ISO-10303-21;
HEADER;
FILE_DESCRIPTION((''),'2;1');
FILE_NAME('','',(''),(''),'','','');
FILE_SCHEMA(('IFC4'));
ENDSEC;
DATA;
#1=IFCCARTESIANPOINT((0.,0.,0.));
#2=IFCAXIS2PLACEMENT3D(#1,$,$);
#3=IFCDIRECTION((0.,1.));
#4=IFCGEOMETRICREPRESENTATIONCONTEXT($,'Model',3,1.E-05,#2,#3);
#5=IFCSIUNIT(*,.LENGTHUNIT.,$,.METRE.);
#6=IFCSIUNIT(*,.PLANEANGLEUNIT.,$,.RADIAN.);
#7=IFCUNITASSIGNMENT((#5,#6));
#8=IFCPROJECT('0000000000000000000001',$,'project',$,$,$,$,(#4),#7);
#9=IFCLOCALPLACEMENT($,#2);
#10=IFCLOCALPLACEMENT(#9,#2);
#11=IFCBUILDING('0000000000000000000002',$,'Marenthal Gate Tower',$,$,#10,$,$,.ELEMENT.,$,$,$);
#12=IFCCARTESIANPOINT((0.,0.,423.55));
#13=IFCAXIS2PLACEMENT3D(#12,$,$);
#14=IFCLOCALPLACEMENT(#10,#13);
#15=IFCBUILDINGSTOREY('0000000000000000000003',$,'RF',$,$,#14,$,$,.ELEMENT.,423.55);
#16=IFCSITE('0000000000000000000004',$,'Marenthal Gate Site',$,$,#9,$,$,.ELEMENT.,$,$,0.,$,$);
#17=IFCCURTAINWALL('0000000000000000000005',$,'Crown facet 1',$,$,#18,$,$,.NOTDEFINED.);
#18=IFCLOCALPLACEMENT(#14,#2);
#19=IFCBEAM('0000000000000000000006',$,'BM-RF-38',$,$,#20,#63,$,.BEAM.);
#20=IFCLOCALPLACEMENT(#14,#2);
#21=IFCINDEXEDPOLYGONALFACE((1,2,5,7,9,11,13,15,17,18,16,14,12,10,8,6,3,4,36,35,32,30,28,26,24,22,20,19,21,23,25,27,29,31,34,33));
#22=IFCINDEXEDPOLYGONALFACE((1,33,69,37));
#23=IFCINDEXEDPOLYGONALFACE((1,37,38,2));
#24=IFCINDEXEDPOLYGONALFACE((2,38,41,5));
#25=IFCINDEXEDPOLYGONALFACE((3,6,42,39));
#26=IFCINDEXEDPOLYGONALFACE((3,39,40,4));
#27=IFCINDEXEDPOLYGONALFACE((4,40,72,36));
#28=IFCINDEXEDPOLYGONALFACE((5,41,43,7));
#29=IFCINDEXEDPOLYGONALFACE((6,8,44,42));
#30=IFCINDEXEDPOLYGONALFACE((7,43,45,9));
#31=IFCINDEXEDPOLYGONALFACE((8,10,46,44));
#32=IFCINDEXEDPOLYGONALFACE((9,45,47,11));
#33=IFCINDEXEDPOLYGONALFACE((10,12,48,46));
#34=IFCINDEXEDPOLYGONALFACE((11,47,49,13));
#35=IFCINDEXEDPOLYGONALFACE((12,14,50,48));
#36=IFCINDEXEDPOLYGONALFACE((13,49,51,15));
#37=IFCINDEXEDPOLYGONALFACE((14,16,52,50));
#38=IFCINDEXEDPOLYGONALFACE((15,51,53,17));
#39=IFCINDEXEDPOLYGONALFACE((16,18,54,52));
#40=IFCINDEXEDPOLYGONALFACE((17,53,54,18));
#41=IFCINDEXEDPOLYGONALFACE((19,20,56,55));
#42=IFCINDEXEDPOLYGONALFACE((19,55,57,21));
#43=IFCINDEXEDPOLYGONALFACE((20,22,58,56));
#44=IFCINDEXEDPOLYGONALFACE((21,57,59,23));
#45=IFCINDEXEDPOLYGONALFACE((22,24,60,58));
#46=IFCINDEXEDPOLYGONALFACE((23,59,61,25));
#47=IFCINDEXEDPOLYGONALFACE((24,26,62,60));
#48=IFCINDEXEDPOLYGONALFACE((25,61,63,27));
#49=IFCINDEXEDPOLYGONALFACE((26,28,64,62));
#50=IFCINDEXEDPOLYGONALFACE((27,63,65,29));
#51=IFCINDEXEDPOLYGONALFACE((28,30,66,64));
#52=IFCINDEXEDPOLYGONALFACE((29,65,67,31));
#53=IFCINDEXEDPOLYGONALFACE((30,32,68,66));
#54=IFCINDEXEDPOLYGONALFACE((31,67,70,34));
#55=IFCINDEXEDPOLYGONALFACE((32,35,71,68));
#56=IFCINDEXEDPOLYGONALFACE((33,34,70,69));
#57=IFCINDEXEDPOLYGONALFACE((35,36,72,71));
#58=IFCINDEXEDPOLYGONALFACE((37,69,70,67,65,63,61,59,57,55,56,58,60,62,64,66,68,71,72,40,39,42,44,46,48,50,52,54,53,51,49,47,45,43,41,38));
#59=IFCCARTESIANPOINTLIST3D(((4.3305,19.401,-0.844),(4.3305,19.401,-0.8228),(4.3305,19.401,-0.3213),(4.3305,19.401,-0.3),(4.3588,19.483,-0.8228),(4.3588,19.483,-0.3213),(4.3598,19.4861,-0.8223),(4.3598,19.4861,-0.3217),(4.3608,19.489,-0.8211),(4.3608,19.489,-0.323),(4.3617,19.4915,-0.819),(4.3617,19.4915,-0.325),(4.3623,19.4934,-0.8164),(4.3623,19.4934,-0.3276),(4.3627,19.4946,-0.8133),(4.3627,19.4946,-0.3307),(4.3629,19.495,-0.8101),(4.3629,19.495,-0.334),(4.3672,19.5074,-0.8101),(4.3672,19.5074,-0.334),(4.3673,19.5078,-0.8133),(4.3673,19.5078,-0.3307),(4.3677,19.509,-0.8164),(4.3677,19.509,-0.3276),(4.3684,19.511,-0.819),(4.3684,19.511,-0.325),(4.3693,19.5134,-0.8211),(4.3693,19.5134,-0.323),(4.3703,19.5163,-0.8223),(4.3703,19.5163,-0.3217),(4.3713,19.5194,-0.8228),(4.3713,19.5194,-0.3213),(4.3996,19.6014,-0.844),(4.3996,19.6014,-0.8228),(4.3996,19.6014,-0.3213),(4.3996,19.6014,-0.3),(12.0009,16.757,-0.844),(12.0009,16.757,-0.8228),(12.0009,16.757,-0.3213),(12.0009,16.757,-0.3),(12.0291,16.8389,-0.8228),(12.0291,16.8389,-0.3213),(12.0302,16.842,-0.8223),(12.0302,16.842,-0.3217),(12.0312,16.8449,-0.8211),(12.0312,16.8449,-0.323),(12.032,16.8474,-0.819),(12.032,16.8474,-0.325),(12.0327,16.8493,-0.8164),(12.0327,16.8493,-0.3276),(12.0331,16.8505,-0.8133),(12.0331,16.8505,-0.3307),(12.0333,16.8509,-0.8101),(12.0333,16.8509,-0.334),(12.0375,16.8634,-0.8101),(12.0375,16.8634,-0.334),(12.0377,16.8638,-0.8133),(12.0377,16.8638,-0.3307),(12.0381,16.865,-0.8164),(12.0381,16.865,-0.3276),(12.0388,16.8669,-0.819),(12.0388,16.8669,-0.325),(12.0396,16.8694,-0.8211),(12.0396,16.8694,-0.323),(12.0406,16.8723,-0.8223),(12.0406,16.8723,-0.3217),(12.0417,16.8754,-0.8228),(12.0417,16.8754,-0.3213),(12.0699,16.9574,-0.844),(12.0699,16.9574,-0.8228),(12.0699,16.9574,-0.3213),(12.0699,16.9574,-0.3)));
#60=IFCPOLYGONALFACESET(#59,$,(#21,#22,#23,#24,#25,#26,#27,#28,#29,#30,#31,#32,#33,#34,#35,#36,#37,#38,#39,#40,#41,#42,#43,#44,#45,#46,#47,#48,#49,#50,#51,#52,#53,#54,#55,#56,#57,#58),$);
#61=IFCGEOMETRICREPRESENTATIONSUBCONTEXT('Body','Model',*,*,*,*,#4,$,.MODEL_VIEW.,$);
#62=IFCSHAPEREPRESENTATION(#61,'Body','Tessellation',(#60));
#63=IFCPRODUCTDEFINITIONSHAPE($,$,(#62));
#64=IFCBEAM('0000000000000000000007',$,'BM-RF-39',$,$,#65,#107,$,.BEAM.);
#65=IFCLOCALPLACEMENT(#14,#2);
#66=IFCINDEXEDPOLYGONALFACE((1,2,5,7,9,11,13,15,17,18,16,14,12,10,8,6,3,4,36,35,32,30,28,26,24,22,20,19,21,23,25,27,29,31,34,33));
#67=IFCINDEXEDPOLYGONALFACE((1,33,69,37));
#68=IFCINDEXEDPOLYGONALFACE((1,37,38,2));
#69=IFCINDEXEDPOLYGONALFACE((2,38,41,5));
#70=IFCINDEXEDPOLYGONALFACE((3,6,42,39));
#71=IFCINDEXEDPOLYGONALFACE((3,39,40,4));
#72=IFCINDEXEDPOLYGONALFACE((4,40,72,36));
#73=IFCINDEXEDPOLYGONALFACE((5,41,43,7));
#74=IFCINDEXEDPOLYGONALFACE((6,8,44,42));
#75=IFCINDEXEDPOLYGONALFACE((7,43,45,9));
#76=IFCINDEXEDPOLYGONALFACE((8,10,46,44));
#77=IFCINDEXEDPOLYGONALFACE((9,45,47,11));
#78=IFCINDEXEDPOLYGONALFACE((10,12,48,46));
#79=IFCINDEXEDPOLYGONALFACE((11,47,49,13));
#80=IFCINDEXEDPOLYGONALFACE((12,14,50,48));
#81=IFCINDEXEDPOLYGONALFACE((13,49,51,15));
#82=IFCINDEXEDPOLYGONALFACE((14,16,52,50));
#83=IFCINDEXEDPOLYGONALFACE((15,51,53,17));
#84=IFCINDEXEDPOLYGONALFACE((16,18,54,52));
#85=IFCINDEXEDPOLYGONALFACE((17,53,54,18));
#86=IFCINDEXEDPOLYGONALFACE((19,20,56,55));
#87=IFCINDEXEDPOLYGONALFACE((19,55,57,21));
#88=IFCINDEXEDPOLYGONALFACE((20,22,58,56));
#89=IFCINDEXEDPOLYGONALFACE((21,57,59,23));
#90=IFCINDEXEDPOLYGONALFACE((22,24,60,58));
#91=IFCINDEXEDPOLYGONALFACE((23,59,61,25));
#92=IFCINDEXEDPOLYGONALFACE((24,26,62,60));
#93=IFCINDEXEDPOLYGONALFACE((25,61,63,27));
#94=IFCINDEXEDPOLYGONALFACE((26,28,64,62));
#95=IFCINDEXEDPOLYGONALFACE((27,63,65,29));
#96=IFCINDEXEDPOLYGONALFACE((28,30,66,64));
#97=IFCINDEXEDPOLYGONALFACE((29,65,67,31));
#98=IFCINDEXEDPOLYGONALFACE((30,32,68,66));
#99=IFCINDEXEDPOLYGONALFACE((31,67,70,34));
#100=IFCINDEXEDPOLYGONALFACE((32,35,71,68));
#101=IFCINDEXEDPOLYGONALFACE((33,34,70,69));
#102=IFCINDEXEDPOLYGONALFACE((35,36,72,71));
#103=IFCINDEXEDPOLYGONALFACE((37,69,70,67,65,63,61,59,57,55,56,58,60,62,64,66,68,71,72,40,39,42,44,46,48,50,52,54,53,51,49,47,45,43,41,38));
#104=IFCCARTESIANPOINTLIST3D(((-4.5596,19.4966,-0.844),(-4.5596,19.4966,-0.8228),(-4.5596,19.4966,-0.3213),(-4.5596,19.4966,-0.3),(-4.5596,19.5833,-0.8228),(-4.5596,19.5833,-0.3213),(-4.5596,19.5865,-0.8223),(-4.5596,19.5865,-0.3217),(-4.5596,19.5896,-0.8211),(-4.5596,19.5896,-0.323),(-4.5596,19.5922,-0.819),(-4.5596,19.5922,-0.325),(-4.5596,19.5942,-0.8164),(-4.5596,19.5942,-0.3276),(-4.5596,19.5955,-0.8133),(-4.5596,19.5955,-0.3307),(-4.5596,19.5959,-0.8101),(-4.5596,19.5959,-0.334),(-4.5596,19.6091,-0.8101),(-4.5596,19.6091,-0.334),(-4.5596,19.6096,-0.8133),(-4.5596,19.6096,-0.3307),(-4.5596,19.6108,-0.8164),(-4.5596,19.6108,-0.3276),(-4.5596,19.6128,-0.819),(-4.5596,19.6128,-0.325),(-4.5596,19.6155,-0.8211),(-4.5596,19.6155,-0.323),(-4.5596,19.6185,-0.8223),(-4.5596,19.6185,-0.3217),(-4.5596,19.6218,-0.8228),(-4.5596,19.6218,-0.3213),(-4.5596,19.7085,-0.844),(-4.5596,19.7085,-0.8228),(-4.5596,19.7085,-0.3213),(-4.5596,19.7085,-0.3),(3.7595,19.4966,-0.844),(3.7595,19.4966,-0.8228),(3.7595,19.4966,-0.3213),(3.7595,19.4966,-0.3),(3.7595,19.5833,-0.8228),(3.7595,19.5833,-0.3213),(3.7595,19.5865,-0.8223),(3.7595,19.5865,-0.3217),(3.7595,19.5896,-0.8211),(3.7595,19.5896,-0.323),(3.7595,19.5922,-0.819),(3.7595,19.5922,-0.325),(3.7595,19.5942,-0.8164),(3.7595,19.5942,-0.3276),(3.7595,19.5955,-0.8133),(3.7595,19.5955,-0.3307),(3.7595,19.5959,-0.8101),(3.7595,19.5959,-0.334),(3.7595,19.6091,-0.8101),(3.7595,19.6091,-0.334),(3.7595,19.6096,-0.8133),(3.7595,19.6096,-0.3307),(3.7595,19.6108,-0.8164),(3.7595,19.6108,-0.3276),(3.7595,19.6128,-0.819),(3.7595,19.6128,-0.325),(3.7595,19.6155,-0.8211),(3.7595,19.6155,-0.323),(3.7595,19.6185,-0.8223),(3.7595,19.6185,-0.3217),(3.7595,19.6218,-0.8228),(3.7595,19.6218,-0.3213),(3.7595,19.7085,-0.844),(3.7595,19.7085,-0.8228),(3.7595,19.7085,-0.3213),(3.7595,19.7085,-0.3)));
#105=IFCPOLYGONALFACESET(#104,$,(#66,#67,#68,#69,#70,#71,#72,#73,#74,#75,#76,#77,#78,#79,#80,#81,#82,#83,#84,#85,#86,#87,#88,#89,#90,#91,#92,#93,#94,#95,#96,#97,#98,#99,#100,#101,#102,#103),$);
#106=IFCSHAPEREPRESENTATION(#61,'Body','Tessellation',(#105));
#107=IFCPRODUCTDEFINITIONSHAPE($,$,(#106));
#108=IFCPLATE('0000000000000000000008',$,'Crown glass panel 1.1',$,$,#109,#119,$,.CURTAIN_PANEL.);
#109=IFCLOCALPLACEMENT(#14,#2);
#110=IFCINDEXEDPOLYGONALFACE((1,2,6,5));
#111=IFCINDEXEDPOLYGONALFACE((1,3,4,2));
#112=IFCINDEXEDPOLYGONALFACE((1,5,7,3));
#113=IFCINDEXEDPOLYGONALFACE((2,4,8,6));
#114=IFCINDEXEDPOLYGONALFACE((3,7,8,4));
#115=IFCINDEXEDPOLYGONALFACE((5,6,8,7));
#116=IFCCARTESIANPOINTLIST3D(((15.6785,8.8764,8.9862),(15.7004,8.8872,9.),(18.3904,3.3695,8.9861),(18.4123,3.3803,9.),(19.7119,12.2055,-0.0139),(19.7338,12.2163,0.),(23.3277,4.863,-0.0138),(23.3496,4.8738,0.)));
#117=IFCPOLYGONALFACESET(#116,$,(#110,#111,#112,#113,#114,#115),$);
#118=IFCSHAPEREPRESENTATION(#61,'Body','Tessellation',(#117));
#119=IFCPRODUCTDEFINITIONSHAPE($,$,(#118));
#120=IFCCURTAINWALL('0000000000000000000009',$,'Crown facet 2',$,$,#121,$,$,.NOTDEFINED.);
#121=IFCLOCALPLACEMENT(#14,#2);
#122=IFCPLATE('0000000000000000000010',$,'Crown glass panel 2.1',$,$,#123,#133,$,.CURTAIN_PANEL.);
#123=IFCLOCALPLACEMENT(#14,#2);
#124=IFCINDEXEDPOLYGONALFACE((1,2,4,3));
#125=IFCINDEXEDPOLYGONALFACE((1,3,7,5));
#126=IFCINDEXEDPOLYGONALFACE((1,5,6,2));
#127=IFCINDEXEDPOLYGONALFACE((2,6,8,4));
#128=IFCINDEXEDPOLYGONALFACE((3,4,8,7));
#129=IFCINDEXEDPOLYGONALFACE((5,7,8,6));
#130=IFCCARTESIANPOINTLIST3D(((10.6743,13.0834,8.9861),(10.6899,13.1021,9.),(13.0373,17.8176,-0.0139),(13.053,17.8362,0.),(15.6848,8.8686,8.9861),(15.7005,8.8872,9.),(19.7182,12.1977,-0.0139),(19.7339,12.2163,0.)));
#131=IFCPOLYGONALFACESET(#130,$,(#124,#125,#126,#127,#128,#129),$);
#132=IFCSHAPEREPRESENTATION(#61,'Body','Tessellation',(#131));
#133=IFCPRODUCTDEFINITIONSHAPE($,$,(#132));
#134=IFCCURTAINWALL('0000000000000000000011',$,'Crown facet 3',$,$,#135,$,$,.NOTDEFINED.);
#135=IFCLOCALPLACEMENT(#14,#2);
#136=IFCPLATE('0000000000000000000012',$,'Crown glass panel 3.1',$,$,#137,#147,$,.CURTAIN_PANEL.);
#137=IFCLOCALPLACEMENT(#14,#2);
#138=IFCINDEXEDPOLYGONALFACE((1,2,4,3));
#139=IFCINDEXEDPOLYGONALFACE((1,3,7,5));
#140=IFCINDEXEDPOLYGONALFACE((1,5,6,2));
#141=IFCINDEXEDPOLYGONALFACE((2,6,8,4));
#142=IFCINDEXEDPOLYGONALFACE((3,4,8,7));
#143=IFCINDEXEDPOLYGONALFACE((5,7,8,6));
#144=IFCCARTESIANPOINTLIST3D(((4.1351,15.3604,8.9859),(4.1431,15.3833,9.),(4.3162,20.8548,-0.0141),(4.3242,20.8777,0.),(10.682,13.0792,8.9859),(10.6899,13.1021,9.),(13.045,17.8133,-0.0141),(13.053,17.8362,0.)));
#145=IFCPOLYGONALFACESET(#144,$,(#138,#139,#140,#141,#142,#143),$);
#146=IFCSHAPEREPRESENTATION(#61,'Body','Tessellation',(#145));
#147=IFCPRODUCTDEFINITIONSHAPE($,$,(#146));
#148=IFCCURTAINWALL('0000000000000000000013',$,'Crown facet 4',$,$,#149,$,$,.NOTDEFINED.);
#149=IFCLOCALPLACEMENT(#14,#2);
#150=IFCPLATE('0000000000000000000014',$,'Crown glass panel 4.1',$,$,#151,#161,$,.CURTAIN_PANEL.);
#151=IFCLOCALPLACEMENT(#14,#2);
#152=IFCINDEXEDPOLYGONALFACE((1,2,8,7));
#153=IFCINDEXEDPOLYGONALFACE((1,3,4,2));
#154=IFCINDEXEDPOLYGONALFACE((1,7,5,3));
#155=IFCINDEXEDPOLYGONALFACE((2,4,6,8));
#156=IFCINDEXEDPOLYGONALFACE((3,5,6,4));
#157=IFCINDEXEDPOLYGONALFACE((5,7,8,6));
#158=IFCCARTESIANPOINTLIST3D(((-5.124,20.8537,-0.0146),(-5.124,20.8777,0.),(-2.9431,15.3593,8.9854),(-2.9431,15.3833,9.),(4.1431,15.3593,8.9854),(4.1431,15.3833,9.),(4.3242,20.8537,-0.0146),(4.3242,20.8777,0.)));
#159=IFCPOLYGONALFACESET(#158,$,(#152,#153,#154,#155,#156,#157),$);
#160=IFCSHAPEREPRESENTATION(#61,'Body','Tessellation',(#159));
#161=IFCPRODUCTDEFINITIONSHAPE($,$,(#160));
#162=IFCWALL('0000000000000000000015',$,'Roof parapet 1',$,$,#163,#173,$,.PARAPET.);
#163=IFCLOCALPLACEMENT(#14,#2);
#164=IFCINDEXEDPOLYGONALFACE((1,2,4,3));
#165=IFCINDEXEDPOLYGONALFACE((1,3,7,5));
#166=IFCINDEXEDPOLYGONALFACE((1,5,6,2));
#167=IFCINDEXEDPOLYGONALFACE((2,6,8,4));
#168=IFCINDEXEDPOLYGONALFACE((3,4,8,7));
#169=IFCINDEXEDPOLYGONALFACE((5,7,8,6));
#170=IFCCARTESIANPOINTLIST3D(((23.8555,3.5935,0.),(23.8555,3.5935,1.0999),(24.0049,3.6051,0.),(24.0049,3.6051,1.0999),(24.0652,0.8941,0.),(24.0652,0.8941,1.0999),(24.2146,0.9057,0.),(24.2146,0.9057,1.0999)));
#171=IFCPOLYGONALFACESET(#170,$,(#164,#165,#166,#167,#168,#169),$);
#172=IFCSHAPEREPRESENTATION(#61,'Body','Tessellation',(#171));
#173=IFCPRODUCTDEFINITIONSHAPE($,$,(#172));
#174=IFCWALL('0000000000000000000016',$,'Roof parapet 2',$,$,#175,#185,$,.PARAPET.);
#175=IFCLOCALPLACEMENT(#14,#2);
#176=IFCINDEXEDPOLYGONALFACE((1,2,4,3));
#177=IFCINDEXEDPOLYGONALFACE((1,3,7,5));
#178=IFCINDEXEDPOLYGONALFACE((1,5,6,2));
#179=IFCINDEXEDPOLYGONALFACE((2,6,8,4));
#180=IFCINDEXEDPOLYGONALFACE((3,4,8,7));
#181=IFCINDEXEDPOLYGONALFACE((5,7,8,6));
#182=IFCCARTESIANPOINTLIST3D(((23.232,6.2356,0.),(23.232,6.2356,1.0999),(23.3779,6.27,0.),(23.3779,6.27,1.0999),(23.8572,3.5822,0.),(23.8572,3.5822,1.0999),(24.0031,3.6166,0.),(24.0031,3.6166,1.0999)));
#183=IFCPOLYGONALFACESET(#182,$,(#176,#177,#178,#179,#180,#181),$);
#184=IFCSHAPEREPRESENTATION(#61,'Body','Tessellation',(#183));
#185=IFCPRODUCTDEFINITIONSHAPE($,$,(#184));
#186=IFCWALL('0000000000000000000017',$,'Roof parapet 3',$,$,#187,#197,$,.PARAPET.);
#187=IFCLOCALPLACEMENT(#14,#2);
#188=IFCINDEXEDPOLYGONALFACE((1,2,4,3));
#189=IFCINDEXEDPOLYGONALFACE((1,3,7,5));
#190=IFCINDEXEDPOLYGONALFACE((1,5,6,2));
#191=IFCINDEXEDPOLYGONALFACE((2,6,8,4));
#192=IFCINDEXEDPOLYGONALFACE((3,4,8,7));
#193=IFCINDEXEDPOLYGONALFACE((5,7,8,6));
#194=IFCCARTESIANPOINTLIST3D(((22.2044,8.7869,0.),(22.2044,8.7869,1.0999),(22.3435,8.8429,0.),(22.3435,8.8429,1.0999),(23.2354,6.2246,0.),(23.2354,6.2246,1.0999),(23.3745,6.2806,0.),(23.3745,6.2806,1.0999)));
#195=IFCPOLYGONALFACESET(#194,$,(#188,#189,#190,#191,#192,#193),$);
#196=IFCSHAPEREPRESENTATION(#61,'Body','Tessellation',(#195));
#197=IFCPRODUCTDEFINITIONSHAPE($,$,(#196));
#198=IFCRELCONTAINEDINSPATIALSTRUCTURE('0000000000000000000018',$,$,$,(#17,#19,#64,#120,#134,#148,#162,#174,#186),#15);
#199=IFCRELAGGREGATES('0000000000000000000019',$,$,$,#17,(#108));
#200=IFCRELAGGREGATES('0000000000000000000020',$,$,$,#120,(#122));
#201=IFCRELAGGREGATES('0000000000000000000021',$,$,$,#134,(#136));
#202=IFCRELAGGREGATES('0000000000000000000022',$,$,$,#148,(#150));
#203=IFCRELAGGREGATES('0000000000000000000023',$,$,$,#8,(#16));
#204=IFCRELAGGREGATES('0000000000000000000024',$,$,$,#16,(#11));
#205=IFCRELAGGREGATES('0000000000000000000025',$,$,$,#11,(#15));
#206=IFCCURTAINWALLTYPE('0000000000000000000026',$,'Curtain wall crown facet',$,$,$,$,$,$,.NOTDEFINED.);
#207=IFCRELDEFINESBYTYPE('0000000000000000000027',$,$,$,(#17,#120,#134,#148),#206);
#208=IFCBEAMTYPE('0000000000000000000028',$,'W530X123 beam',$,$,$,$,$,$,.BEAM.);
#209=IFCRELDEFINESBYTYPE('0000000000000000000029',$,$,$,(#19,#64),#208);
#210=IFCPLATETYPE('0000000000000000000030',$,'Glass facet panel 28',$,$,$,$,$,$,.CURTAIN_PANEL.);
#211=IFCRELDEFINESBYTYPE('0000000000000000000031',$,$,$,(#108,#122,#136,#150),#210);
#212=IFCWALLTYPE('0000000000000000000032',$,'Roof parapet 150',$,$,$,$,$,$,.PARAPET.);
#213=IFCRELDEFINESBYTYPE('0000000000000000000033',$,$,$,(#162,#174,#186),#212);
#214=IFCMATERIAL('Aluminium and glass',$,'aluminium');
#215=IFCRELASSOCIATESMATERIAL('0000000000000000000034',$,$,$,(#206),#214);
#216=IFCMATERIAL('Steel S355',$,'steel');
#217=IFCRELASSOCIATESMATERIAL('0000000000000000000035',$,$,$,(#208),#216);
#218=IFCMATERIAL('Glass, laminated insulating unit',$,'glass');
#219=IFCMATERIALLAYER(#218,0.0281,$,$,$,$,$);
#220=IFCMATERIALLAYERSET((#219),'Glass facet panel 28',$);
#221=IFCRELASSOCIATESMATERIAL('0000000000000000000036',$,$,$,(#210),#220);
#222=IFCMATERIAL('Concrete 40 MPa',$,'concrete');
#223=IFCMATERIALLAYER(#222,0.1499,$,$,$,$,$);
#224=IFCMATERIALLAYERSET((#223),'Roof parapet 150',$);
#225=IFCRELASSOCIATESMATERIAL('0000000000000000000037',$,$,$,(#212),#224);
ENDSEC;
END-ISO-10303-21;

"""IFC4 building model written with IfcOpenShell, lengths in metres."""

from ifc_helpers import new_model, si_unit, direction, frame, frame_2d, origin, origin_2d, place, context, subcontext, project, spatial, polyline, rectangle, i_section, outline, extrude, material, layer, layer_set, material_profile, profile_set, type_object, element, aggregate, save


model = new_model("IFC4")

# Units and contexts
model_context = context("Model", 3, precision=1e-05, world=origin(), true_north=direction((0.0, 1.0)))
body_context = subcontext(model_context, "Body", "Model", "MODEL_VIEW")
ifc_project = project(units=[si_unit("LENGTHUNIT", "METRE"), si_unit("PLANEANGLEUNIT", "RADIAN")], contexts=[model_context])

# Site, building, storey
site_placement = place(None, origin())
site = spatial("IfcSite", under=ifc_project, at=site_placement, Name="Marenthal Gate Site", CompositionType="ELEMENT", RefElevation=0.0)
building_placement = place(site_placement, origin())
building = spatial("IfcBuilding", under=site, at=building_placement, Name="Marenthal Gate Tower", CompositionType="ELEMENT")
storey_placement = place(building_placement, frame((0.0, 0.0, 423.55)))
storey = spatial("IfcBuildingStorey", under=building, at=storey_placement, Name="RF", CompositionType="ELEMENT", Elevation=423.55)

# Curtain wall
ifc_material_1 = material(Name="Aluminium and glass", Category="aluminium")
curtain_wall_type = type_object("IfcCurtainWallType", Name="Curtain wall crown facet", PredefinedType="NOTDEFINED", material=ifc_material_1)
curtain_wall_1_placement = place(storey_placement, origin())
curtain_wall_1 = element("IfcCurtainWall", 1, at=curtain_wall_1_placement, inside=storey, type_object=curtain_wall_type, Name="Crown facet 1", PredefinedType="NOTDEFINED")

# Beams
ifc_material_2 = material(Name="Steel S355", Category="steel")
ifc_material_profile_1 = material_profile(ifc_material_2, i_section(OverallWidth=0.2119, OverallDepth=0.5439, WebThickness=0.0132, FlangeThickness=0.0212, FilletRadius=0.0127, at=origin_2d()), Name="W530X123")
ifc_profile_set_1 = profile_set([ifc_material_profile_1], Name="Steel S355")
beam_type_1 = type_object("IfcBeamType", Name="W530X123 beam", PredefinedType="BEAM", material=ifc_profile_set_1)
beam_1_placement = place(storey_placement, frame((12.0354, 16.8572, -0.572), z_axis=(-0.945408, 0.325889, 0.0), x_axis=(-0.325889, -0.945408, 0.0)))
element("IfcBeam", 2, at=beam_1_placement, inside=storey, type_object=beam_type_1, Name="BM-RF-38", PredefinedType="BEAM", context=body_context, shape_type="SweptSolid", body=[
    extrude(i_section(OverallWidth=0.2119, OverallDepth=0.5439, WebThickness=0.0132, FlangeThickness=0.0212, FilletRadius=0.0127, at=origin_2d()), origin(), (0.0, 0.0, 1.0), 8.1133),
])
beam_2_placement = place(storey_placement, frame((3.7595, 19.6025, -0.572), z_axis=(-1.0, 0.0, 0.0), x_axis=(0.0, -1.0, 0.0)))
element("IfcBeam", 3, at=beam_2_placement, inside=storey, type_object=beam_type_1, Name="BM-RF-39", PredefinedType="BEAM", context=body_context, shape_type="SweptSolid", body=[
    extrude(i_section(OverallWidth=0.2119, OverallDepth=0.5439, WebThickness=0.0132, FlangeThickness=0.0212, FilletRadius=0.0127, at=origin_2d()), origin(), (0.0, 0.0, 1.0), 8.3191),
])

# Plate
ifc_material_3 = material(Name="Glass, laminated insulating unit", Category="glass")
ifc_layer_1 = layer(ifc_material_3, 0.0281)
ifc_layer_set_1 = layer_set([ifc_layer_1], Name="Glass facet panel 28")
plate_type = type_object("IfcPlateType", Name="Glass facet panel 28", PredefinedType="CURTAIN_PANEL", material=ifc_layer_set_1)
plate_1_placement = place(storey_placement, frame((23.3496, 4.8738, 0.0), z_axis=(0.780918, 0.384561, 0.492219), x_axis=(-0.441783, 0.897122, -0.000004)))
plate_1 = element("IfcPlate", 4, at=plate_1_placement, type_object=plate_type, Name="Crown glass panel 1.1", PredefinedType="CURTAIN_PANEL", context=body_context, shape_type="SweptSolid", body=[
    extrude(outline(polyline([(0.0, 0.0), (8.1845, 0.0), (6.9798, 10.3393), (0.8414, 10.3392), (0.0, 0.0)])), origin(), (0.0, 0.0, -1.0), 0.0281),
])
aggregate(curtain_wall_1, [plate_1])

# Curtain walls, plates
curtain_wall_2_placement = place(storey_placement, origin())
curtain_wall_2 = element("IfcCurtainWall", 5, at=curtain_wall_2_placement, inside=storey, type_object=curtain_wall_type, Name="Crown facet 2", PredefinedType="NOTDEFINED")
plate_2_placement = place(storey_placement, frame((19.7339, 12.2163, 0.0), z_axis=(0.55888, 0.664391, 0.496223), x_axis=(-0.765256, 0.643726, 0.000002)))
plate_2 = element("IfcPlate", 6, at=plate_2_placement, type_object=plate_type, Name="Crown glass panel 2.1", PredefinedType="CURTAIN_PANEL", context=body_context, shape_type="SweptSolid", body=[
    extrude(outline(polyline([(0.0, 0.0), (8.7303, 0.0), (7.4911, 10.3663), (0.9436, 10.3664), (0.0, 0.0)])), origin(), (0.0, 0.0, -1.0), 0.0281),
])
aggregate(curtain_wall_2, [plate_2])
curtain_wall_3_placement = place(storey_placement, origin())
curtain_wall_3 = element("IfcCurtainWall", 7, at=curtain_wall_3_placement, inside=storey, type_object=curtain_wall_type, Name="Crown facet 3", PredefinedType="NOTDEFINED")
plate_3_placement = place(storey_placement, frame((13.053, 17.8362, 0.0), z_axis=(0.284248, 0.815756, 0.503731), x_axis=(-0.944315, 0.329044, 0.0)))
plate_3 = element("IfcPlate", 8, at=plate_3_placement, type_object=plate_type, Name="Crown glass panel 3.1", PredefinedType="CURTAIN_PANEL", context=body_context, shape_type="SweptSolid", body=[
    extrude(outline(polyline([(0.0, 0.0), (9.2435, 0.0), (7.6067, 10.4183), (0.6737, 10.4184), (0.0, 0.0)])), origin(), (0.0, 0.0, -1.0), 0.0281),
])
aggregate(curtain_wall_3, [plate_3])
curtain_wall_4_placement = place(storey_placement, origin())
curtain_wall_4 = element("IfcCurtainWall", 9, at=curtain_wall_4_placement, inside=storey, type_object=curtain_wall_type, Name="Crown facet 4", PredefinedType="NOTDEFINED")
plate_4_placement = place(storey_placement, frame((4.3242, 20.8777, 0.0), z_axis=(0.0, 0.853519, 0.521062), x_axis=(-1.0, 0.0, 0.0)))
plate_4 = element("IfcPlate", 10, at=plate_4_placement, type_object=plate_type, Name="Crown glass panel 4.1", PredefinedType="CURTAIN_PANEL", context=body_context, shape_type="SweptSolid", body=[
    extrude(outline(polyline([(0.0, 0.0), (9.4482, 0.0), (7.2673, 10.5446), (0.1812, 10.5446), (0.0, 0.0)])), origin(), (0.0, 0.0, -1.0), 0.0281),
])
aggregate(curtain_wall_4, [plate_4])

# Walls
ifc_material_4 = material(Name="Concrete 40 MPa", Category="concrete")
ifc_layer_2 = layer(ifc_material_4, 0.1499)
ifc_layer_set_2 = layer_set([ifc_layer_2], Name="Roof parapet 150")
wall_type_1 = type_object("IfcWallType", Name="Roof parapet 150", PredefinedType="PARAPET", material=ifc_layer_set_2)
wall_1_placement = place(storey_placement, frame((24.1399, 0.8999, 0.0), z_axis=(0.0, 0.0, 1.0), x_axis=(-0.077455, 0.996996, 0.0)))
element("IfcWall", 11, at=wall_1_placement, inside=storey, type_object=wall_type_1, Name="Roof parapet 1", PredefinedType="PARAPET", context=body_context, shape_type="SweptSolid", body=[
    extrude(rectangle(XDim=2.7075, YDim=0.1499, at=frame_2d((1.3538, 0.0))), origin(), (0.0, 0.0, 1.0), 1.0999),
])
wall_2_placement = place(storey_placement, frame((23.9302, 3.5994, 0.0), z_axis=(0.0, 0.0, 1.0), x_axis=(-0.229364, 0.973341, 0.0)))
element("IfcWall", 12, at=wall_2_placement, inside=storey, type_object=wall_type_1, Name="Roof parapet 2", PredefinedType="PARAPET", context=body_context, shape_type="SweptSolid", body=[
    extrude(rectangle(XDim=2.7261, YDim=0.1499, at=frame_2d((1.363, 0.0))), origin(), (0.0, 0.0, 1.0), 1.0999),
])
wall_3_placement = place(storey_placement, frame((23.3049, 6.2527, 0.0), z_axis=(0.0, 0.0, 1.0), x_axis=(-0.373295, 0.927713, 0.0)))
element("IfcWall", 13, at=wall_3_placement, inside=storey, type_object=wall_type_1, Name="Roof parapet 3", PredefinedType="PARAPET", context=body_context, shape_type="SweptSolid", body=[
    extrude(rectangle(XDim=2.762, YDim=0.1499, at=frame_2d((1.3809, 0.0))), origin(), (0.0, 0.0, 1.0), 1.0999),
])

save(model, "model.ifc")
